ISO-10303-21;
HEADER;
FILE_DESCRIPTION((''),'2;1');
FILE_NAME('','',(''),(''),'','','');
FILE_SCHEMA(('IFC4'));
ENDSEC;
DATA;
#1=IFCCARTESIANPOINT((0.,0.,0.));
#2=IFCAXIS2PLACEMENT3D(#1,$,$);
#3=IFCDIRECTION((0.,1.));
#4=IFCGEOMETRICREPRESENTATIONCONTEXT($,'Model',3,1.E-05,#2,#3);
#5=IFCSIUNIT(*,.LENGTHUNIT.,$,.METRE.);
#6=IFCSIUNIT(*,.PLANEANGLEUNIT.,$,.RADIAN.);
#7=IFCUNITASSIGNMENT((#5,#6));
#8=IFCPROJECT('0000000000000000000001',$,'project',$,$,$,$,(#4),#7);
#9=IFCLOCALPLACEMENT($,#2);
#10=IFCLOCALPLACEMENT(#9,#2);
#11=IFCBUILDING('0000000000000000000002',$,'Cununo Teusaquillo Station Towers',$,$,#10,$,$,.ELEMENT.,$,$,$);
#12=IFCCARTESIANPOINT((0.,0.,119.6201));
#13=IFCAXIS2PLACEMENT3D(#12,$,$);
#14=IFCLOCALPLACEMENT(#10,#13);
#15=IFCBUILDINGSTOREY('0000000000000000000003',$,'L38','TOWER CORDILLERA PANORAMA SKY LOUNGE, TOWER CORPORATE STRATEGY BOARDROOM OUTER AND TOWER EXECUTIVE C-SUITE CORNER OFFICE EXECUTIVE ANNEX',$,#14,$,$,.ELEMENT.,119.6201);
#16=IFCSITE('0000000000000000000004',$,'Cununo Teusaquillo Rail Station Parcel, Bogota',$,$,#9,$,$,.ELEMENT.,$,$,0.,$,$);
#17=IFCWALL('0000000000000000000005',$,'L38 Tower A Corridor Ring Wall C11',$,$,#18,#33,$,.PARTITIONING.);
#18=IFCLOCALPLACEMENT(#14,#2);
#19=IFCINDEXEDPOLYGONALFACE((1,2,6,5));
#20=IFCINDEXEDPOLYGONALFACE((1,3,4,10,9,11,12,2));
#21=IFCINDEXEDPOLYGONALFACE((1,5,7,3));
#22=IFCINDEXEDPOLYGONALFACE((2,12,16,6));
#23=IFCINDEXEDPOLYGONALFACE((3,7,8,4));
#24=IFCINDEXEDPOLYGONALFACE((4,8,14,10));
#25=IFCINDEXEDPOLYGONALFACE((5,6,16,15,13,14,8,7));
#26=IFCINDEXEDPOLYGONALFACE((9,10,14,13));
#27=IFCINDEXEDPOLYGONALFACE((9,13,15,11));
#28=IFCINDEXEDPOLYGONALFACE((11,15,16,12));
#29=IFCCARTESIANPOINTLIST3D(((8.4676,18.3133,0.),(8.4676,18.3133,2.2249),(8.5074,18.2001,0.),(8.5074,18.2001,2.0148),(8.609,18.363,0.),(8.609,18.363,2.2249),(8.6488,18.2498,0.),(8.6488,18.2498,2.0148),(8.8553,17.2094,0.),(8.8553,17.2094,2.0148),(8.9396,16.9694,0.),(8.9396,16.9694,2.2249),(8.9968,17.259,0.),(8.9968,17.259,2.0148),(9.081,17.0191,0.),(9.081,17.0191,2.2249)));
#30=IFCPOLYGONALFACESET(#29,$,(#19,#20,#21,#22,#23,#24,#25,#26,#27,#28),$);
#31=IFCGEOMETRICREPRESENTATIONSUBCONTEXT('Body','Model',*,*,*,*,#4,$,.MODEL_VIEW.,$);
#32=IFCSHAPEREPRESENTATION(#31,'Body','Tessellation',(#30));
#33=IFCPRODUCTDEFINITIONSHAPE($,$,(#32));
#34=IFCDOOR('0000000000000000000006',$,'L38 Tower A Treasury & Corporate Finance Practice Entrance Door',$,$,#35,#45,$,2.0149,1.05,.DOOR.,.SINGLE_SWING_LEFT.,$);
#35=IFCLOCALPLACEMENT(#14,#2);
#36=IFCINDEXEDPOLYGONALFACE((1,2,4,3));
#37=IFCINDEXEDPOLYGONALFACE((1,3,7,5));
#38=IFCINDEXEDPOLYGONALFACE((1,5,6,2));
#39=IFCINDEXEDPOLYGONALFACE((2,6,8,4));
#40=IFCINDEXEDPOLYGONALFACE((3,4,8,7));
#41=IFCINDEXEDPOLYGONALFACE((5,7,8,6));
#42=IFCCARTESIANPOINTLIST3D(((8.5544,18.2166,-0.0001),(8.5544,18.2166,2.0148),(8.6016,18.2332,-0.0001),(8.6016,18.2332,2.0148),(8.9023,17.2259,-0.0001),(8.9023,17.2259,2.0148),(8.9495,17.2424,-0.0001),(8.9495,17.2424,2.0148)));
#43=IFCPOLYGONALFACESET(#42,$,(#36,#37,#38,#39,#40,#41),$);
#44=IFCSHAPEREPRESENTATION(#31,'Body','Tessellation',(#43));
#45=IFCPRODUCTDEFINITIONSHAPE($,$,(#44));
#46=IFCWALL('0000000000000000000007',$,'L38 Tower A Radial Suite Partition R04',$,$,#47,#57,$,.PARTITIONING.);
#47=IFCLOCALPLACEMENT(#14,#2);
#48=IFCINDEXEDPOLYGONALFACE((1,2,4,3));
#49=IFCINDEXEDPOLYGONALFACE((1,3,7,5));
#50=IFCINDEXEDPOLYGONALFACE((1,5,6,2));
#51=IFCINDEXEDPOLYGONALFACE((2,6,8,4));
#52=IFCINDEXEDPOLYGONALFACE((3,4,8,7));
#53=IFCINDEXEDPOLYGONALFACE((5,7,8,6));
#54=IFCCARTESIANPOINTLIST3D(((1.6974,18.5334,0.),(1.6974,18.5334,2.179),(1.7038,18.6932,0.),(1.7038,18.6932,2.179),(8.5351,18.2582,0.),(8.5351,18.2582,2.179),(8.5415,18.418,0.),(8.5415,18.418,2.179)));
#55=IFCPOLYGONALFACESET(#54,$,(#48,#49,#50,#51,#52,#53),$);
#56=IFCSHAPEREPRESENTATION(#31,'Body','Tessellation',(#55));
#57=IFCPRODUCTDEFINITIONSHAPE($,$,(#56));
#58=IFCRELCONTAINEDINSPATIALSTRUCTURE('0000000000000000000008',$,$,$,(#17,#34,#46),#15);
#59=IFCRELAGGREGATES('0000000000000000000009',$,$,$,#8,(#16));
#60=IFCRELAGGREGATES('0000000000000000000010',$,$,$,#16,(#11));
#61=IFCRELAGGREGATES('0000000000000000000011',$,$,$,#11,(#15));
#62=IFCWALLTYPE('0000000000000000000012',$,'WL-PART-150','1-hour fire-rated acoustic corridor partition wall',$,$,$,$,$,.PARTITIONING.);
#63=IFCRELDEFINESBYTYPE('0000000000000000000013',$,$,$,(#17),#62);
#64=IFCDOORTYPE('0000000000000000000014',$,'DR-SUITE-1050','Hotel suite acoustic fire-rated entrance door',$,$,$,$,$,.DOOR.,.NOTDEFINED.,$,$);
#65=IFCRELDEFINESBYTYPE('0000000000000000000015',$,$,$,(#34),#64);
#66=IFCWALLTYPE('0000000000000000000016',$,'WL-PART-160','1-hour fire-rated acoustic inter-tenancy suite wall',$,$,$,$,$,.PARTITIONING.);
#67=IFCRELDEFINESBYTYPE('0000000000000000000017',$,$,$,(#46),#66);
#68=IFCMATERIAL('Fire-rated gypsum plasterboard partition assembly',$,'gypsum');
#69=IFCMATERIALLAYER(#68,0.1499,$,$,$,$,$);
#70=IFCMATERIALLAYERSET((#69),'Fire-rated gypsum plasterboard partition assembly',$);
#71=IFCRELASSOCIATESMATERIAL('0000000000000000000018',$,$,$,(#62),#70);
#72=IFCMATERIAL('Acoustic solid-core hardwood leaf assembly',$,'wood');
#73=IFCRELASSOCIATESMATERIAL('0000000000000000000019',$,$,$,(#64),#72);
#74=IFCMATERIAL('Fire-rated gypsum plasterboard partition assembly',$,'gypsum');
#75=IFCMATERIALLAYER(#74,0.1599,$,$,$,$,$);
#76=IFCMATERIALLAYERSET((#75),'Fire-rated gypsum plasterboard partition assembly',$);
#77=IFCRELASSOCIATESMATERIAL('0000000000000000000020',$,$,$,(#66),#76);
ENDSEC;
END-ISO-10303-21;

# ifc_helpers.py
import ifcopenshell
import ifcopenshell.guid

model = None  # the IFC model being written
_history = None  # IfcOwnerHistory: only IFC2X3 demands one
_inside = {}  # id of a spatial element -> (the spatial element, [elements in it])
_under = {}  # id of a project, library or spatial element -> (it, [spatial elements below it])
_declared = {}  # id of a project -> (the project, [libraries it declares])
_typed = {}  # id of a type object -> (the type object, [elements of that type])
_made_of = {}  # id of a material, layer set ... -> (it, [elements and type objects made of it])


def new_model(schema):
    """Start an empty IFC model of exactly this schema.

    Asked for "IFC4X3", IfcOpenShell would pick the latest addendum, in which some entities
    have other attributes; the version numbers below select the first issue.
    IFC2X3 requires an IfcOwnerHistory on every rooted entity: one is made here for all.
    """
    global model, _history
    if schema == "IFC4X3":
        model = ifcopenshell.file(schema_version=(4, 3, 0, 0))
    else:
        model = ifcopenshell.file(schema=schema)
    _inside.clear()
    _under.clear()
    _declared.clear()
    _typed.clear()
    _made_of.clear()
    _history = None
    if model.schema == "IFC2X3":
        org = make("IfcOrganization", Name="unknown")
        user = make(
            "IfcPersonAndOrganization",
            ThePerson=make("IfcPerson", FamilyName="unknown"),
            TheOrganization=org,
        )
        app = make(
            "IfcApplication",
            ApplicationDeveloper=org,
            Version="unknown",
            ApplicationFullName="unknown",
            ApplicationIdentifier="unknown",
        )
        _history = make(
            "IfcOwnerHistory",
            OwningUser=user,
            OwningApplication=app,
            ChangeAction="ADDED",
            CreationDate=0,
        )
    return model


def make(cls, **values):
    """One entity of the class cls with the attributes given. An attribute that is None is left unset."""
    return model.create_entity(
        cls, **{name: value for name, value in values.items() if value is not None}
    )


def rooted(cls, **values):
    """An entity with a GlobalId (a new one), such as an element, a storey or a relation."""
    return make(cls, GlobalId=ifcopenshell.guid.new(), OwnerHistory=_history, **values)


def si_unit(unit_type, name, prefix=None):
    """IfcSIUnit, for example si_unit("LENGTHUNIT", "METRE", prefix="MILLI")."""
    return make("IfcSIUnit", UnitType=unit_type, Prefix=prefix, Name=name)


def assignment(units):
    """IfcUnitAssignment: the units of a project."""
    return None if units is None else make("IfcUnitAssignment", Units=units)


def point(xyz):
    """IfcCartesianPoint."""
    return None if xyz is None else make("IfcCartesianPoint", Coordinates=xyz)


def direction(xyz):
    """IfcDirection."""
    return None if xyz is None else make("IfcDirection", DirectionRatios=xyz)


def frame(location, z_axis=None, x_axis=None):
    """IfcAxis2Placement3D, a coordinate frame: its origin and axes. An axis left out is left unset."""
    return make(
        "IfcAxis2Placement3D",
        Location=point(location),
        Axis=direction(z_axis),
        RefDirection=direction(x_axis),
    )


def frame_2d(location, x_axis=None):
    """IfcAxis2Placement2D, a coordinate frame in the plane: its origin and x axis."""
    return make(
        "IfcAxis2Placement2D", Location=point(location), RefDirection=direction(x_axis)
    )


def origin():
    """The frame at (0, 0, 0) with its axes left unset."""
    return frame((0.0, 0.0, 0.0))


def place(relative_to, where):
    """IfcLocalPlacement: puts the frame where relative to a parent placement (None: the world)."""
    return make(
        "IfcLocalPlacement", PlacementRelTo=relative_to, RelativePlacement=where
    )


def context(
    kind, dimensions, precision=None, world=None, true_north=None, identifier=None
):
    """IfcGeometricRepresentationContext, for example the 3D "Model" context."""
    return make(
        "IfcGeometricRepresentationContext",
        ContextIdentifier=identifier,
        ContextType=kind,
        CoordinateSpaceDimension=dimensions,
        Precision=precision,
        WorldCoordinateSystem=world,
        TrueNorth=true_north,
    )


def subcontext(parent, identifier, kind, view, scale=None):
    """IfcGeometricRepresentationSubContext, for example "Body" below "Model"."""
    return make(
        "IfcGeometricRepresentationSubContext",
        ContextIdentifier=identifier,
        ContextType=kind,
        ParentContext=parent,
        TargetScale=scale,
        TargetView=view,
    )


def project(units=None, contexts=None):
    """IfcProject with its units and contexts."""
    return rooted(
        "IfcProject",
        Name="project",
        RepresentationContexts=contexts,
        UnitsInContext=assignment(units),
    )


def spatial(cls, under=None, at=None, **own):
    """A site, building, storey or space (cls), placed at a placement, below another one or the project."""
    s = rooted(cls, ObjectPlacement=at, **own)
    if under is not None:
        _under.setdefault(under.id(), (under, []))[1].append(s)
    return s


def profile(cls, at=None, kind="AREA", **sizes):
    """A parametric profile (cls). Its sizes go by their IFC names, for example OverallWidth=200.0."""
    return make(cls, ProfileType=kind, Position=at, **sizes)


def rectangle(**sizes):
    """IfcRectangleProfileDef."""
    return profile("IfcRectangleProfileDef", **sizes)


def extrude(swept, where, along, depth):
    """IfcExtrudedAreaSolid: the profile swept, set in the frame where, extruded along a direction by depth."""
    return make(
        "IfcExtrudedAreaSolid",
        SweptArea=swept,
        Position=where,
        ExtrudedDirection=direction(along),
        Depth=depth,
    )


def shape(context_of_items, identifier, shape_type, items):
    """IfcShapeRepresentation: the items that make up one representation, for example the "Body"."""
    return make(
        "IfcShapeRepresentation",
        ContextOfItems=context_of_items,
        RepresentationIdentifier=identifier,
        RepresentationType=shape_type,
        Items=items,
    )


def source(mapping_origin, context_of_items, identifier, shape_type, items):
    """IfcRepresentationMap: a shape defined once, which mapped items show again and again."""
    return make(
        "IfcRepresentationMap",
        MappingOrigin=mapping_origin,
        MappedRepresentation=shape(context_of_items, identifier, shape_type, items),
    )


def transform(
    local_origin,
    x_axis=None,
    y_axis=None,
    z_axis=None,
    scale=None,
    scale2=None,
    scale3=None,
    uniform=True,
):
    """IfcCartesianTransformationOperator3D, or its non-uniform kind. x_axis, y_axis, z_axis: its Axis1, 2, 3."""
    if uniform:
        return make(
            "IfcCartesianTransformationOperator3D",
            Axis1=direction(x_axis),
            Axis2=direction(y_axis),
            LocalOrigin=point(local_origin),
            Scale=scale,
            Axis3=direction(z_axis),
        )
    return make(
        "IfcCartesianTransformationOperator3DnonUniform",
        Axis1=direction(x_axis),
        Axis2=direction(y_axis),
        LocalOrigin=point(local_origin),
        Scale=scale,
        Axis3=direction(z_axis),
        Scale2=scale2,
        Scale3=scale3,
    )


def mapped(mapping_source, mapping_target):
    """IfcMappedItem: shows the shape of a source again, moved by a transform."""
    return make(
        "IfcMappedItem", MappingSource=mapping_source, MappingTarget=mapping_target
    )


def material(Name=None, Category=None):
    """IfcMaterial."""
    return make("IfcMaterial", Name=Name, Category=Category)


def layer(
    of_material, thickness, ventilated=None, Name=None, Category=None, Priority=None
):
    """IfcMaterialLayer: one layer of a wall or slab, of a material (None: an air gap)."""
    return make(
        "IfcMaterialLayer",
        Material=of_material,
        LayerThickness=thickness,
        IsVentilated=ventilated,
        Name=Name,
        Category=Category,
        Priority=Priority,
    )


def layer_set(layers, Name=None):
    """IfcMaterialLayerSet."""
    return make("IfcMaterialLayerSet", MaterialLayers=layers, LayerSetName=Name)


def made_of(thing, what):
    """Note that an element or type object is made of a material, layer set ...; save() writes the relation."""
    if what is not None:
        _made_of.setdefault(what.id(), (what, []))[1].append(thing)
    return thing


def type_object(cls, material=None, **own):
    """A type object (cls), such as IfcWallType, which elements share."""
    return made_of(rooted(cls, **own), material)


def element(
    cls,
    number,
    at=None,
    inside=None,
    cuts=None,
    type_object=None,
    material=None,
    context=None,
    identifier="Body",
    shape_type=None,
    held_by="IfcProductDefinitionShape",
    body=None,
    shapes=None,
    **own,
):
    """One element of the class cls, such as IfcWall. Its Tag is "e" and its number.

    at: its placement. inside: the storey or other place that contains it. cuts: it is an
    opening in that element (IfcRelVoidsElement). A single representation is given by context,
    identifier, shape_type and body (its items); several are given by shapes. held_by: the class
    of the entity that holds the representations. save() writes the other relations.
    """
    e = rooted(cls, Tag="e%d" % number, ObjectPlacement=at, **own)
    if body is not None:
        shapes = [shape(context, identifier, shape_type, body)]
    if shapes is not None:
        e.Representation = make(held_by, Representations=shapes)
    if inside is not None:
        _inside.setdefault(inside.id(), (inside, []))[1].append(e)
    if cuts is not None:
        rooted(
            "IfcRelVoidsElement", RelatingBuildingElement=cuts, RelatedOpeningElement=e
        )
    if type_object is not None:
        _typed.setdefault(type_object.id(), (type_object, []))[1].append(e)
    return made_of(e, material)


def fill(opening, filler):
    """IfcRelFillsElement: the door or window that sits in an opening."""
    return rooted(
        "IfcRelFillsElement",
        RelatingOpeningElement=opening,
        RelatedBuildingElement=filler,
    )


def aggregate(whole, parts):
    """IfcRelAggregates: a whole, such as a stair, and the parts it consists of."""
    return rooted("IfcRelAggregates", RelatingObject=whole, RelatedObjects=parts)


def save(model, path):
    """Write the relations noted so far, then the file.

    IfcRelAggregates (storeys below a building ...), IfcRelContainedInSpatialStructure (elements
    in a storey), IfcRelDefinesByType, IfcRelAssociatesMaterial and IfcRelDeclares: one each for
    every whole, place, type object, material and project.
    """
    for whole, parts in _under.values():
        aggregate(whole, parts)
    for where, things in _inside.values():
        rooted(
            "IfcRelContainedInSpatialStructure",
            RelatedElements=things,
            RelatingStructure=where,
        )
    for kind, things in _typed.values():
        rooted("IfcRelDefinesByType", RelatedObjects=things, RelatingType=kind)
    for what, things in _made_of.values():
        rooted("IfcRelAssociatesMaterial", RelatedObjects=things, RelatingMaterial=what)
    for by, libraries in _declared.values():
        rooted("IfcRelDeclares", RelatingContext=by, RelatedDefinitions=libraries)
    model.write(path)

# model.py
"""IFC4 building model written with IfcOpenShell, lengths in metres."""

from ifc_helpers import new_model, si_unit, direction, frame, frame_2d, origin, place, context, subcontext, project, spatial, rectangle, extrude, source, transform, mapped, material, layer, layer_set, type_object, element, fill, save


model = new_model("IFC4")

# Units and contexts
model_context = context("Model", 3, precision=1e-05, world=origin(), true_north=direction((0.0, 1.0)))
body_context = subcontext(model_context, "Body", "Model", "MODEL_VIEW")
ifc_project = project(units=[si_unit("LENGTHUNIT", "METRE"), si_unit("PLANEANGLEUNIT", "RADIAN")], contexts=[model_context])

# Site, building, storey
site_placement = place(None, origin())
site = spatial("IfcSite", under=ifc_project, at=site_placement, Name="Cununo Teusaquillo Rail Station Parcel, Bogota", CompositionType="ELEMENT", RefElevation=0.0)
building_placement = place(site_placement, origin())
building = spatial("IfcBuilding", under=site, at=building_placement, Name="Cununo Teusaquillo Station Towers", CompositionType="ELEMENT")
storey_placement = place(building_placement, frame((0.0, 0.0, 119.6201)))
storey = spatial("IfcBuildingStorey", under=building, at=storey_placement, Name="L38", Description="TOWER CORDILLERA PANORAMA SKY LOUNGE, TOWER CORPORATE STRATEGY BOARDROOM OUTER AND TOWER EXECUTIVE C-SUITE CORNER OFFICE EXECUTIVE ANNEX", CompositionType="ELEMENT", Elevation=119.6201)

# Shared definitions
ifc_material_1 = material(Name="Fire-rated gypsum plasterboard partition assembly", Category="gypsum")
ifc_layer_1 = layer(ifc_material_1, 0.1499)
ifc_layer_set_1 = layer_set([ifc_layer_1], Name="Fire-rated gypsum plasterboard partition assembly")
wall_type_1 = type_object("IfcWallType", Name="WL-PART-150", Description="1-hour fire-rated acoustic corridor partition wall", PredefinedType="PARTITIONING", material=ifc_layer_set_1)

# Wall, opening, door
wall_1_placement = place(storey_placement, frame((8.5383, 18.3381, 0.0), z_axis=(0.0, 0.0, 1.0), x_axis=(0.331358, -0.943505, 0.0)))
wall_1 = element("IfcWall", 1, at=wall_1_placement, inside=storey, type_object=wall_type_1, Name="L38 Tower A Corridor Ring Wall C11", PredefinedType="PARTITIONING", context=body_context, shape_type="SweptSolid", body=[
    extrude(rectangle(XDim=1.4243, YDim=0.1499, at=frame_2d((0.7122, 0.0))), origin(), (0.0, 0.0, 1.0), 2.2249),
])
shared_shape_1 = source(origin(), body_context, "Body", "SweptSolid", [
    extrude(rectangle(XDim=1.05, YDim=2.0149, at=frame_2d((0.5249, 1.0073))), frame((0.0, 0.085, 0.0), z_axis=(0.0, -1.0, 0.0), x_axis=(1.0, 0.0, 0.0)), (0.0, 0.0, 1.0), 0.1699),
])
opening_1_placement = place(wall_1_placement, frame((0.1201, 0.0, 0.0)))
opening_1 = element("IfcOpeningElement", 2, at=opening_1_placement, cuts=wall_1, PredefinedType="OPENING", context=body_context, shape_type="MappedRepresentation", body=[
    mapped(shared_shape_1, transform((0.0, 0.0, 0.0), x_axis=(1.0, 0.0, 0.0), y_axis=(0.0, 1.0, 0.0), z_axis=(0.0, 0.0, 1.0), scale=1.0)),
])
ifc_material_2 = material(Name="Acoustic solid-core hardwood leaf assembly", Category="wood")
door_type_1 = type_object("IfcDoorType", Name="DR-SUITE-1050", Description="Hotel suite acoustic fire-rated entrance door", OperationType="NOTDEFINED", PredefinedType="DOOR", material=ifc_material_2)
shared_shape_2 = source(origin(), body_context, "Body", "SweptSolid", [
    extrude(rectangle(XDim=1.05, YDim=2.0149, at=frame_2d((0.5249, 1.0073))), frame((0.0, 0.0249, 0.0), z_axis=(0.0, -1.0, 0.0), x_axis=(1.0, 0.0, 0.0)), (0.0, 0.0, 1.0), 0.05),
])
door_1_placement = place(opening_1_placement, origin())
door_1 = element("IfcDoor", 3, at=door_1_placement, inside=storey, type_object=door_type_1, Name="L38 Tower A Treasury & Corporate Finance Practice Entrance Door", OperationType="SINGLE_SWING_LEFT", OverallHeight=2.0149, OverallWidth=1.05, PredefinedType="DOOR", context=body_context, shape_type="MappedRepresentation", body=[
    mapped(shared_shape_2, transform((0.0, 0.0, 0.0), x_axis=(1.0, 0.0, 0.0), y_axis=(0.0, 1.0, 0.0), z_axis=(0.0, 0.0, 1.0), scale=1.0)),
])
fill(opening_1, door_1)

# Wall
ifc_material_3 = material(Name="Fire-rated gypsum plasterboard partition assembly", Category="gypsum")
ifc_layer_2 = layer(ifc_material_3, 0.1599)
ifc_layer_set_2 = layer_set([ifc_layer_2], Name="Fire-rated gypsum plasterboard partition assembly")
wall_type_2 = type_object("IfcWallType", Name="WL-PART-160", Description="1-hour fire-rated acoustic inter-tenancy suite wall", PredefinedType="PARTITIONING", material=ifc_layer_set_2)
wall_2_placement = place(storey_placement, frame((8.5383, 18.3381, 0.0), z_axis=(0.0, 0.0, 1.0), x_axis=(-0.999191, 0.040207, 0.0)))
element("IfcWall", 4, at=wall_2_placement, inside=storey, type_object=wall_type_2, Name="L38 Tower A Radial Suite Partition R04", PredefinedType="PARTITIONING", context=body_context, shape_type="SweptSolid", body=[
    extrude(rectangle(XDim=6.8433, YDim=0.1599, at=frame_2d((3.4216, 0.0))), origin(), (0.0, 0.0, 1.0), 2.179),
])

save(model, "model.ifc")
